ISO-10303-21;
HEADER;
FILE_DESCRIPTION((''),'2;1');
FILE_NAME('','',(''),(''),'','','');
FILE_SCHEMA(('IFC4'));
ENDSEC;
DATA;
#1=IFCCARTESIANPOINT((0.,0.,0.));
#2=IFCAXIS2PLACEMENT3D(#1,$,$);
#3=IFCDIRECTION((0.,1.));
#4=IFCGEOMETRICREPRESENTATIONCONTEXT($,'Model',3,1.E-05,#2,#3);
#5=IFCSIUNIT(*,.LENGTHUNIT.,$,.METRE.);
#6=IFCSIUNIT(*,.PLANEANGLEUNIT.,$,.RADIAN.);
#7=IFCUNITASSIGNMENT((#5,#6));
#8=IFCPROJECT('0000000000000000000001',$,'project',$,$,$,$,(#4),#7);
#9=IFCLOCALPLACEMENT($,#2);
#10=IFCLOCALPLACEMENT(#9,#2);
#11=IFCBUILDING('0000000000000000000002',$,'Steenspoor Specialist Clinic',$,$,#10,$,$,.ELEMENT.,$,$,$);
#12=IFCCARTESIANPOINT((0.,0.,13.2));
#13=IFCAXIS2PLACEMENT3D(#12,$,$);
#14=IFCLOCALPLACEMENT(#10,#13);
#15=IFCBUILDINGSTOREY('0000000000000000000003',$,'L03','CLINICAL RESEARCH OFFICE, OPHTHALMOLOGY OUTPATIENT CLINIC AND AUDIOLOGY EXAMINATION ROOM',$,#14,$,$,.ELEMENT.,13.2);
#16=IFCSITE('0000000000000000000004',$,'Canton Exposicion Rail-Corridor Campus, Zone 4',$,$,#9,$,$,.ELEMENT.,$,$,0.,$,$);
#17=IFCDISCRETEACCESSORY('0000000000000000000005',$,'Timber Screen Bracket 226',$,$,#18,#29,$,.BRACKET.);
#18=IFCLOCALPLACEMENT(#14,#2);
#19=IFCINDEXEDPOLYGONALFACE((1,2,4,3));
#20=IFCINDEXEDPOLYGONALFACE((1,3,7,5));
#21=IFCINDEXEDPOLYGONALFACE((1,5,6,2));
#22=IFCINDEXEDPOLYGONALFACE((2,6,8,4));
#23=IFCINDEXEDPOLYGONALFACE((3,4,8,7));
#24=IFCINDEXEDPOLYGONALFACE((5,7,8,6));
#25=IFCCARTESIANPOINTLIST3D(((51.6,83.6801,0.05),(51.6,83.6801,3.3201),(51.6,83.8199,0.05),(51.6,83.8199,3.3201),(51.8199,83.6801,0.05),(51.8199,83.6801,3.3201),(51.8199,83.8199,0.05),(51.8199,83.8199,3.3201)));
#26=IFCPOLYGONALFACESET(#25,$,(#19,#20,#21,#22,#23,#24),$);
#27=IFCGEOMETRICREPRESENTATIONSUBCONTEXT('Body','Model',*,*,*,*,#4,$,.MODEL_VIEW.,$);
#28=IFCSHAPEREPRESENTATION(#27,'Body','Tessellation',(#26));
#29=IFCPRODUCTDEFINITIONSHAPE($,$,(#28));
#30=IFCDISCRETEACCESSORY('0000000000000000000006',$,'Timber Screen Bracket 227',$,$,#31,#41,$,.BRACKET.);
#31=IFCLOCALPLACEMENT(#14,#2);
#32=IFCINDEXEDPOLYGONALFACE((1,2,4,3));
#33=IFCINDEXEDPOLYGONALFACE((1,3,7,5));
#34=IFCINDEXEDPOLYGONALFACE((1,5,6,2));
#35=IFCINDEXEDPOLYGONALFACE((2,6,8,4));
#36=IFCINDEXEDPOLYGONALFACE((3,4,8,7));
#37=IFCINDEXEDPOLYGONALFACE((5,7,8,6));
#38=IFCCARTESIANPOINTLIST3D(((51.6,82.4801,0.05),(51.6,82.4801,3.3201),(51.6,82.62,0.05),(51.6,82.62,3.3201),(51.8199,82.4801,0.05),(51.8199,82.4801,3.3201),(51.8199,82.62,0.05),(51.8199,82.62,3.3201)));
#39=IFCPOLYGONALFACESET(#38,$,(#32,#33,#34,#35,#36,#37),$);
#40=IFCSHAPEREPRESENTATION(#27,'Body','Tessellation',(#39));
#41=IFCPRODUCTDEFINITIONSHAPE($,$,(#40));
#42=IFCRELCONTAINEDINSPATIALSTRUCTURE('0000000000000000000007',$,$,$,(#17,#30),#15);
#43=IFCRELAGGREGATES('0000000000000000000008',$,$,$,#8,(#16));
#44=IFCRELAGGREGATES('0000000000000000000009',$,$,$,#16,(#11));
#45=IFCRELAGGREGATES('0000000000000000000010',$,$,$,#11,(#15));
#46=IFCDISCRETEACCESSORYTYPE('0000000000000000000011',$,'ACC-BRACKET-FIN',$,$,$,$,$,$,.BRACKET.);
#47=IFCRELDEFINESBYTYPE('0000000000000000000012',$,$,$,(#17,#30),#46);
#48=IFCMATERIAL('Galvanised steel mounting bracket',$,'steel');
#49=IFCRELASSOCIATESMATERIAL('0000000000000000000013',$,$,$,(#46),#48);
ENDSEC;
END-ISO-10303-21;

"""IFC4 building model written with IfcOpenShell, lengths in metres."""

from ifc_helpers import new_model, si_unit, direction, frame, origin, origin_2d, place, context, subcontext, project, spatial, rectangle, extrude, material, type_object, element, save


model = new_model("IFC4")

# Units and contexts
model_context = context("Model", 3, precision=1e-05, world=origin(), true_north=direction((0.0, 1.0)))
body_context = subcontext(model_context, "Body", "Model", "MODEL_VIEW")
ifc_project = project(units=[si_unit("LENGTHUNIT", "METRE"), si_unit("PLANEANGLEUNIT", "RADIAN")], contexts=[model_context])

# Site, building, storey
site_placement = place(None, origin())
site = spatial("IfcSite", under=ifc_project, at=site_placement, Name="Canton Exposicion Rail-Corridor Campus, Zone 4", CompositionType="ELEMENT", RefElevation=0.0)
building_placement = place(site_placement, origin())
building = spatial("IfcBuilding", under=site, at=building_placement, Name="Steenspoor Specialist Clinic", CompositionType="ELEMENT")
storey_placement = place(building_placement, frame((0.0, 0.0, 13.2)))
storey = spatial("IfcBuildingStorey", under=building, at=storey_placement, Name="L03", Description="CLINICAL RESEARCH OFFICE, OPHTHALMOLOGY OUTPATIENT CLINIC AND AUDIOLOGY EXAMINATION ROOM", CompositionType="ELEMENT", Elevation=13.2)

# Discrete accessories
ifc_material_1 = material(Name="Galvanised steel mounting bracket", Category="steel")
discrete_accessory_type = type_object("IfcDiscreteAccessoryType", Name="ACC-BRACKET-FIN", PredefinedType="BRACKET", material=ifc_material_1)
for number, where, z_axis, x_axis, name in (
    (1, (51.71, 83.75, 0.05), (0.0, 0.0, 1.0), (1.0, 0.0, 0.0), "Timber Screen Bracket 226"),
    (2, (51.71, 82.55, 0.05), (0.0, 0.0, 1.0), (1.0, 0.0, 0.0), "Timber Screen Bracket 227"),
):
    element("IfcDiscreteAccessory", number, at=place(storey_placement, frame(where, z_axis=z_axis, x_axis=x_axis)), inside=storey, type_object=discrete_accessory_type, Name=name, PredefinedType="BRACKET", context=body_context, shape_type="SweptSolid", body=[
        extrude(rectangle(XDim=0.22, YDim=0.1399, at=origin_2d()), origin(), (0.0, 0.0, 1.0), 3.27),
    ])

save(model, "model.ifc")
